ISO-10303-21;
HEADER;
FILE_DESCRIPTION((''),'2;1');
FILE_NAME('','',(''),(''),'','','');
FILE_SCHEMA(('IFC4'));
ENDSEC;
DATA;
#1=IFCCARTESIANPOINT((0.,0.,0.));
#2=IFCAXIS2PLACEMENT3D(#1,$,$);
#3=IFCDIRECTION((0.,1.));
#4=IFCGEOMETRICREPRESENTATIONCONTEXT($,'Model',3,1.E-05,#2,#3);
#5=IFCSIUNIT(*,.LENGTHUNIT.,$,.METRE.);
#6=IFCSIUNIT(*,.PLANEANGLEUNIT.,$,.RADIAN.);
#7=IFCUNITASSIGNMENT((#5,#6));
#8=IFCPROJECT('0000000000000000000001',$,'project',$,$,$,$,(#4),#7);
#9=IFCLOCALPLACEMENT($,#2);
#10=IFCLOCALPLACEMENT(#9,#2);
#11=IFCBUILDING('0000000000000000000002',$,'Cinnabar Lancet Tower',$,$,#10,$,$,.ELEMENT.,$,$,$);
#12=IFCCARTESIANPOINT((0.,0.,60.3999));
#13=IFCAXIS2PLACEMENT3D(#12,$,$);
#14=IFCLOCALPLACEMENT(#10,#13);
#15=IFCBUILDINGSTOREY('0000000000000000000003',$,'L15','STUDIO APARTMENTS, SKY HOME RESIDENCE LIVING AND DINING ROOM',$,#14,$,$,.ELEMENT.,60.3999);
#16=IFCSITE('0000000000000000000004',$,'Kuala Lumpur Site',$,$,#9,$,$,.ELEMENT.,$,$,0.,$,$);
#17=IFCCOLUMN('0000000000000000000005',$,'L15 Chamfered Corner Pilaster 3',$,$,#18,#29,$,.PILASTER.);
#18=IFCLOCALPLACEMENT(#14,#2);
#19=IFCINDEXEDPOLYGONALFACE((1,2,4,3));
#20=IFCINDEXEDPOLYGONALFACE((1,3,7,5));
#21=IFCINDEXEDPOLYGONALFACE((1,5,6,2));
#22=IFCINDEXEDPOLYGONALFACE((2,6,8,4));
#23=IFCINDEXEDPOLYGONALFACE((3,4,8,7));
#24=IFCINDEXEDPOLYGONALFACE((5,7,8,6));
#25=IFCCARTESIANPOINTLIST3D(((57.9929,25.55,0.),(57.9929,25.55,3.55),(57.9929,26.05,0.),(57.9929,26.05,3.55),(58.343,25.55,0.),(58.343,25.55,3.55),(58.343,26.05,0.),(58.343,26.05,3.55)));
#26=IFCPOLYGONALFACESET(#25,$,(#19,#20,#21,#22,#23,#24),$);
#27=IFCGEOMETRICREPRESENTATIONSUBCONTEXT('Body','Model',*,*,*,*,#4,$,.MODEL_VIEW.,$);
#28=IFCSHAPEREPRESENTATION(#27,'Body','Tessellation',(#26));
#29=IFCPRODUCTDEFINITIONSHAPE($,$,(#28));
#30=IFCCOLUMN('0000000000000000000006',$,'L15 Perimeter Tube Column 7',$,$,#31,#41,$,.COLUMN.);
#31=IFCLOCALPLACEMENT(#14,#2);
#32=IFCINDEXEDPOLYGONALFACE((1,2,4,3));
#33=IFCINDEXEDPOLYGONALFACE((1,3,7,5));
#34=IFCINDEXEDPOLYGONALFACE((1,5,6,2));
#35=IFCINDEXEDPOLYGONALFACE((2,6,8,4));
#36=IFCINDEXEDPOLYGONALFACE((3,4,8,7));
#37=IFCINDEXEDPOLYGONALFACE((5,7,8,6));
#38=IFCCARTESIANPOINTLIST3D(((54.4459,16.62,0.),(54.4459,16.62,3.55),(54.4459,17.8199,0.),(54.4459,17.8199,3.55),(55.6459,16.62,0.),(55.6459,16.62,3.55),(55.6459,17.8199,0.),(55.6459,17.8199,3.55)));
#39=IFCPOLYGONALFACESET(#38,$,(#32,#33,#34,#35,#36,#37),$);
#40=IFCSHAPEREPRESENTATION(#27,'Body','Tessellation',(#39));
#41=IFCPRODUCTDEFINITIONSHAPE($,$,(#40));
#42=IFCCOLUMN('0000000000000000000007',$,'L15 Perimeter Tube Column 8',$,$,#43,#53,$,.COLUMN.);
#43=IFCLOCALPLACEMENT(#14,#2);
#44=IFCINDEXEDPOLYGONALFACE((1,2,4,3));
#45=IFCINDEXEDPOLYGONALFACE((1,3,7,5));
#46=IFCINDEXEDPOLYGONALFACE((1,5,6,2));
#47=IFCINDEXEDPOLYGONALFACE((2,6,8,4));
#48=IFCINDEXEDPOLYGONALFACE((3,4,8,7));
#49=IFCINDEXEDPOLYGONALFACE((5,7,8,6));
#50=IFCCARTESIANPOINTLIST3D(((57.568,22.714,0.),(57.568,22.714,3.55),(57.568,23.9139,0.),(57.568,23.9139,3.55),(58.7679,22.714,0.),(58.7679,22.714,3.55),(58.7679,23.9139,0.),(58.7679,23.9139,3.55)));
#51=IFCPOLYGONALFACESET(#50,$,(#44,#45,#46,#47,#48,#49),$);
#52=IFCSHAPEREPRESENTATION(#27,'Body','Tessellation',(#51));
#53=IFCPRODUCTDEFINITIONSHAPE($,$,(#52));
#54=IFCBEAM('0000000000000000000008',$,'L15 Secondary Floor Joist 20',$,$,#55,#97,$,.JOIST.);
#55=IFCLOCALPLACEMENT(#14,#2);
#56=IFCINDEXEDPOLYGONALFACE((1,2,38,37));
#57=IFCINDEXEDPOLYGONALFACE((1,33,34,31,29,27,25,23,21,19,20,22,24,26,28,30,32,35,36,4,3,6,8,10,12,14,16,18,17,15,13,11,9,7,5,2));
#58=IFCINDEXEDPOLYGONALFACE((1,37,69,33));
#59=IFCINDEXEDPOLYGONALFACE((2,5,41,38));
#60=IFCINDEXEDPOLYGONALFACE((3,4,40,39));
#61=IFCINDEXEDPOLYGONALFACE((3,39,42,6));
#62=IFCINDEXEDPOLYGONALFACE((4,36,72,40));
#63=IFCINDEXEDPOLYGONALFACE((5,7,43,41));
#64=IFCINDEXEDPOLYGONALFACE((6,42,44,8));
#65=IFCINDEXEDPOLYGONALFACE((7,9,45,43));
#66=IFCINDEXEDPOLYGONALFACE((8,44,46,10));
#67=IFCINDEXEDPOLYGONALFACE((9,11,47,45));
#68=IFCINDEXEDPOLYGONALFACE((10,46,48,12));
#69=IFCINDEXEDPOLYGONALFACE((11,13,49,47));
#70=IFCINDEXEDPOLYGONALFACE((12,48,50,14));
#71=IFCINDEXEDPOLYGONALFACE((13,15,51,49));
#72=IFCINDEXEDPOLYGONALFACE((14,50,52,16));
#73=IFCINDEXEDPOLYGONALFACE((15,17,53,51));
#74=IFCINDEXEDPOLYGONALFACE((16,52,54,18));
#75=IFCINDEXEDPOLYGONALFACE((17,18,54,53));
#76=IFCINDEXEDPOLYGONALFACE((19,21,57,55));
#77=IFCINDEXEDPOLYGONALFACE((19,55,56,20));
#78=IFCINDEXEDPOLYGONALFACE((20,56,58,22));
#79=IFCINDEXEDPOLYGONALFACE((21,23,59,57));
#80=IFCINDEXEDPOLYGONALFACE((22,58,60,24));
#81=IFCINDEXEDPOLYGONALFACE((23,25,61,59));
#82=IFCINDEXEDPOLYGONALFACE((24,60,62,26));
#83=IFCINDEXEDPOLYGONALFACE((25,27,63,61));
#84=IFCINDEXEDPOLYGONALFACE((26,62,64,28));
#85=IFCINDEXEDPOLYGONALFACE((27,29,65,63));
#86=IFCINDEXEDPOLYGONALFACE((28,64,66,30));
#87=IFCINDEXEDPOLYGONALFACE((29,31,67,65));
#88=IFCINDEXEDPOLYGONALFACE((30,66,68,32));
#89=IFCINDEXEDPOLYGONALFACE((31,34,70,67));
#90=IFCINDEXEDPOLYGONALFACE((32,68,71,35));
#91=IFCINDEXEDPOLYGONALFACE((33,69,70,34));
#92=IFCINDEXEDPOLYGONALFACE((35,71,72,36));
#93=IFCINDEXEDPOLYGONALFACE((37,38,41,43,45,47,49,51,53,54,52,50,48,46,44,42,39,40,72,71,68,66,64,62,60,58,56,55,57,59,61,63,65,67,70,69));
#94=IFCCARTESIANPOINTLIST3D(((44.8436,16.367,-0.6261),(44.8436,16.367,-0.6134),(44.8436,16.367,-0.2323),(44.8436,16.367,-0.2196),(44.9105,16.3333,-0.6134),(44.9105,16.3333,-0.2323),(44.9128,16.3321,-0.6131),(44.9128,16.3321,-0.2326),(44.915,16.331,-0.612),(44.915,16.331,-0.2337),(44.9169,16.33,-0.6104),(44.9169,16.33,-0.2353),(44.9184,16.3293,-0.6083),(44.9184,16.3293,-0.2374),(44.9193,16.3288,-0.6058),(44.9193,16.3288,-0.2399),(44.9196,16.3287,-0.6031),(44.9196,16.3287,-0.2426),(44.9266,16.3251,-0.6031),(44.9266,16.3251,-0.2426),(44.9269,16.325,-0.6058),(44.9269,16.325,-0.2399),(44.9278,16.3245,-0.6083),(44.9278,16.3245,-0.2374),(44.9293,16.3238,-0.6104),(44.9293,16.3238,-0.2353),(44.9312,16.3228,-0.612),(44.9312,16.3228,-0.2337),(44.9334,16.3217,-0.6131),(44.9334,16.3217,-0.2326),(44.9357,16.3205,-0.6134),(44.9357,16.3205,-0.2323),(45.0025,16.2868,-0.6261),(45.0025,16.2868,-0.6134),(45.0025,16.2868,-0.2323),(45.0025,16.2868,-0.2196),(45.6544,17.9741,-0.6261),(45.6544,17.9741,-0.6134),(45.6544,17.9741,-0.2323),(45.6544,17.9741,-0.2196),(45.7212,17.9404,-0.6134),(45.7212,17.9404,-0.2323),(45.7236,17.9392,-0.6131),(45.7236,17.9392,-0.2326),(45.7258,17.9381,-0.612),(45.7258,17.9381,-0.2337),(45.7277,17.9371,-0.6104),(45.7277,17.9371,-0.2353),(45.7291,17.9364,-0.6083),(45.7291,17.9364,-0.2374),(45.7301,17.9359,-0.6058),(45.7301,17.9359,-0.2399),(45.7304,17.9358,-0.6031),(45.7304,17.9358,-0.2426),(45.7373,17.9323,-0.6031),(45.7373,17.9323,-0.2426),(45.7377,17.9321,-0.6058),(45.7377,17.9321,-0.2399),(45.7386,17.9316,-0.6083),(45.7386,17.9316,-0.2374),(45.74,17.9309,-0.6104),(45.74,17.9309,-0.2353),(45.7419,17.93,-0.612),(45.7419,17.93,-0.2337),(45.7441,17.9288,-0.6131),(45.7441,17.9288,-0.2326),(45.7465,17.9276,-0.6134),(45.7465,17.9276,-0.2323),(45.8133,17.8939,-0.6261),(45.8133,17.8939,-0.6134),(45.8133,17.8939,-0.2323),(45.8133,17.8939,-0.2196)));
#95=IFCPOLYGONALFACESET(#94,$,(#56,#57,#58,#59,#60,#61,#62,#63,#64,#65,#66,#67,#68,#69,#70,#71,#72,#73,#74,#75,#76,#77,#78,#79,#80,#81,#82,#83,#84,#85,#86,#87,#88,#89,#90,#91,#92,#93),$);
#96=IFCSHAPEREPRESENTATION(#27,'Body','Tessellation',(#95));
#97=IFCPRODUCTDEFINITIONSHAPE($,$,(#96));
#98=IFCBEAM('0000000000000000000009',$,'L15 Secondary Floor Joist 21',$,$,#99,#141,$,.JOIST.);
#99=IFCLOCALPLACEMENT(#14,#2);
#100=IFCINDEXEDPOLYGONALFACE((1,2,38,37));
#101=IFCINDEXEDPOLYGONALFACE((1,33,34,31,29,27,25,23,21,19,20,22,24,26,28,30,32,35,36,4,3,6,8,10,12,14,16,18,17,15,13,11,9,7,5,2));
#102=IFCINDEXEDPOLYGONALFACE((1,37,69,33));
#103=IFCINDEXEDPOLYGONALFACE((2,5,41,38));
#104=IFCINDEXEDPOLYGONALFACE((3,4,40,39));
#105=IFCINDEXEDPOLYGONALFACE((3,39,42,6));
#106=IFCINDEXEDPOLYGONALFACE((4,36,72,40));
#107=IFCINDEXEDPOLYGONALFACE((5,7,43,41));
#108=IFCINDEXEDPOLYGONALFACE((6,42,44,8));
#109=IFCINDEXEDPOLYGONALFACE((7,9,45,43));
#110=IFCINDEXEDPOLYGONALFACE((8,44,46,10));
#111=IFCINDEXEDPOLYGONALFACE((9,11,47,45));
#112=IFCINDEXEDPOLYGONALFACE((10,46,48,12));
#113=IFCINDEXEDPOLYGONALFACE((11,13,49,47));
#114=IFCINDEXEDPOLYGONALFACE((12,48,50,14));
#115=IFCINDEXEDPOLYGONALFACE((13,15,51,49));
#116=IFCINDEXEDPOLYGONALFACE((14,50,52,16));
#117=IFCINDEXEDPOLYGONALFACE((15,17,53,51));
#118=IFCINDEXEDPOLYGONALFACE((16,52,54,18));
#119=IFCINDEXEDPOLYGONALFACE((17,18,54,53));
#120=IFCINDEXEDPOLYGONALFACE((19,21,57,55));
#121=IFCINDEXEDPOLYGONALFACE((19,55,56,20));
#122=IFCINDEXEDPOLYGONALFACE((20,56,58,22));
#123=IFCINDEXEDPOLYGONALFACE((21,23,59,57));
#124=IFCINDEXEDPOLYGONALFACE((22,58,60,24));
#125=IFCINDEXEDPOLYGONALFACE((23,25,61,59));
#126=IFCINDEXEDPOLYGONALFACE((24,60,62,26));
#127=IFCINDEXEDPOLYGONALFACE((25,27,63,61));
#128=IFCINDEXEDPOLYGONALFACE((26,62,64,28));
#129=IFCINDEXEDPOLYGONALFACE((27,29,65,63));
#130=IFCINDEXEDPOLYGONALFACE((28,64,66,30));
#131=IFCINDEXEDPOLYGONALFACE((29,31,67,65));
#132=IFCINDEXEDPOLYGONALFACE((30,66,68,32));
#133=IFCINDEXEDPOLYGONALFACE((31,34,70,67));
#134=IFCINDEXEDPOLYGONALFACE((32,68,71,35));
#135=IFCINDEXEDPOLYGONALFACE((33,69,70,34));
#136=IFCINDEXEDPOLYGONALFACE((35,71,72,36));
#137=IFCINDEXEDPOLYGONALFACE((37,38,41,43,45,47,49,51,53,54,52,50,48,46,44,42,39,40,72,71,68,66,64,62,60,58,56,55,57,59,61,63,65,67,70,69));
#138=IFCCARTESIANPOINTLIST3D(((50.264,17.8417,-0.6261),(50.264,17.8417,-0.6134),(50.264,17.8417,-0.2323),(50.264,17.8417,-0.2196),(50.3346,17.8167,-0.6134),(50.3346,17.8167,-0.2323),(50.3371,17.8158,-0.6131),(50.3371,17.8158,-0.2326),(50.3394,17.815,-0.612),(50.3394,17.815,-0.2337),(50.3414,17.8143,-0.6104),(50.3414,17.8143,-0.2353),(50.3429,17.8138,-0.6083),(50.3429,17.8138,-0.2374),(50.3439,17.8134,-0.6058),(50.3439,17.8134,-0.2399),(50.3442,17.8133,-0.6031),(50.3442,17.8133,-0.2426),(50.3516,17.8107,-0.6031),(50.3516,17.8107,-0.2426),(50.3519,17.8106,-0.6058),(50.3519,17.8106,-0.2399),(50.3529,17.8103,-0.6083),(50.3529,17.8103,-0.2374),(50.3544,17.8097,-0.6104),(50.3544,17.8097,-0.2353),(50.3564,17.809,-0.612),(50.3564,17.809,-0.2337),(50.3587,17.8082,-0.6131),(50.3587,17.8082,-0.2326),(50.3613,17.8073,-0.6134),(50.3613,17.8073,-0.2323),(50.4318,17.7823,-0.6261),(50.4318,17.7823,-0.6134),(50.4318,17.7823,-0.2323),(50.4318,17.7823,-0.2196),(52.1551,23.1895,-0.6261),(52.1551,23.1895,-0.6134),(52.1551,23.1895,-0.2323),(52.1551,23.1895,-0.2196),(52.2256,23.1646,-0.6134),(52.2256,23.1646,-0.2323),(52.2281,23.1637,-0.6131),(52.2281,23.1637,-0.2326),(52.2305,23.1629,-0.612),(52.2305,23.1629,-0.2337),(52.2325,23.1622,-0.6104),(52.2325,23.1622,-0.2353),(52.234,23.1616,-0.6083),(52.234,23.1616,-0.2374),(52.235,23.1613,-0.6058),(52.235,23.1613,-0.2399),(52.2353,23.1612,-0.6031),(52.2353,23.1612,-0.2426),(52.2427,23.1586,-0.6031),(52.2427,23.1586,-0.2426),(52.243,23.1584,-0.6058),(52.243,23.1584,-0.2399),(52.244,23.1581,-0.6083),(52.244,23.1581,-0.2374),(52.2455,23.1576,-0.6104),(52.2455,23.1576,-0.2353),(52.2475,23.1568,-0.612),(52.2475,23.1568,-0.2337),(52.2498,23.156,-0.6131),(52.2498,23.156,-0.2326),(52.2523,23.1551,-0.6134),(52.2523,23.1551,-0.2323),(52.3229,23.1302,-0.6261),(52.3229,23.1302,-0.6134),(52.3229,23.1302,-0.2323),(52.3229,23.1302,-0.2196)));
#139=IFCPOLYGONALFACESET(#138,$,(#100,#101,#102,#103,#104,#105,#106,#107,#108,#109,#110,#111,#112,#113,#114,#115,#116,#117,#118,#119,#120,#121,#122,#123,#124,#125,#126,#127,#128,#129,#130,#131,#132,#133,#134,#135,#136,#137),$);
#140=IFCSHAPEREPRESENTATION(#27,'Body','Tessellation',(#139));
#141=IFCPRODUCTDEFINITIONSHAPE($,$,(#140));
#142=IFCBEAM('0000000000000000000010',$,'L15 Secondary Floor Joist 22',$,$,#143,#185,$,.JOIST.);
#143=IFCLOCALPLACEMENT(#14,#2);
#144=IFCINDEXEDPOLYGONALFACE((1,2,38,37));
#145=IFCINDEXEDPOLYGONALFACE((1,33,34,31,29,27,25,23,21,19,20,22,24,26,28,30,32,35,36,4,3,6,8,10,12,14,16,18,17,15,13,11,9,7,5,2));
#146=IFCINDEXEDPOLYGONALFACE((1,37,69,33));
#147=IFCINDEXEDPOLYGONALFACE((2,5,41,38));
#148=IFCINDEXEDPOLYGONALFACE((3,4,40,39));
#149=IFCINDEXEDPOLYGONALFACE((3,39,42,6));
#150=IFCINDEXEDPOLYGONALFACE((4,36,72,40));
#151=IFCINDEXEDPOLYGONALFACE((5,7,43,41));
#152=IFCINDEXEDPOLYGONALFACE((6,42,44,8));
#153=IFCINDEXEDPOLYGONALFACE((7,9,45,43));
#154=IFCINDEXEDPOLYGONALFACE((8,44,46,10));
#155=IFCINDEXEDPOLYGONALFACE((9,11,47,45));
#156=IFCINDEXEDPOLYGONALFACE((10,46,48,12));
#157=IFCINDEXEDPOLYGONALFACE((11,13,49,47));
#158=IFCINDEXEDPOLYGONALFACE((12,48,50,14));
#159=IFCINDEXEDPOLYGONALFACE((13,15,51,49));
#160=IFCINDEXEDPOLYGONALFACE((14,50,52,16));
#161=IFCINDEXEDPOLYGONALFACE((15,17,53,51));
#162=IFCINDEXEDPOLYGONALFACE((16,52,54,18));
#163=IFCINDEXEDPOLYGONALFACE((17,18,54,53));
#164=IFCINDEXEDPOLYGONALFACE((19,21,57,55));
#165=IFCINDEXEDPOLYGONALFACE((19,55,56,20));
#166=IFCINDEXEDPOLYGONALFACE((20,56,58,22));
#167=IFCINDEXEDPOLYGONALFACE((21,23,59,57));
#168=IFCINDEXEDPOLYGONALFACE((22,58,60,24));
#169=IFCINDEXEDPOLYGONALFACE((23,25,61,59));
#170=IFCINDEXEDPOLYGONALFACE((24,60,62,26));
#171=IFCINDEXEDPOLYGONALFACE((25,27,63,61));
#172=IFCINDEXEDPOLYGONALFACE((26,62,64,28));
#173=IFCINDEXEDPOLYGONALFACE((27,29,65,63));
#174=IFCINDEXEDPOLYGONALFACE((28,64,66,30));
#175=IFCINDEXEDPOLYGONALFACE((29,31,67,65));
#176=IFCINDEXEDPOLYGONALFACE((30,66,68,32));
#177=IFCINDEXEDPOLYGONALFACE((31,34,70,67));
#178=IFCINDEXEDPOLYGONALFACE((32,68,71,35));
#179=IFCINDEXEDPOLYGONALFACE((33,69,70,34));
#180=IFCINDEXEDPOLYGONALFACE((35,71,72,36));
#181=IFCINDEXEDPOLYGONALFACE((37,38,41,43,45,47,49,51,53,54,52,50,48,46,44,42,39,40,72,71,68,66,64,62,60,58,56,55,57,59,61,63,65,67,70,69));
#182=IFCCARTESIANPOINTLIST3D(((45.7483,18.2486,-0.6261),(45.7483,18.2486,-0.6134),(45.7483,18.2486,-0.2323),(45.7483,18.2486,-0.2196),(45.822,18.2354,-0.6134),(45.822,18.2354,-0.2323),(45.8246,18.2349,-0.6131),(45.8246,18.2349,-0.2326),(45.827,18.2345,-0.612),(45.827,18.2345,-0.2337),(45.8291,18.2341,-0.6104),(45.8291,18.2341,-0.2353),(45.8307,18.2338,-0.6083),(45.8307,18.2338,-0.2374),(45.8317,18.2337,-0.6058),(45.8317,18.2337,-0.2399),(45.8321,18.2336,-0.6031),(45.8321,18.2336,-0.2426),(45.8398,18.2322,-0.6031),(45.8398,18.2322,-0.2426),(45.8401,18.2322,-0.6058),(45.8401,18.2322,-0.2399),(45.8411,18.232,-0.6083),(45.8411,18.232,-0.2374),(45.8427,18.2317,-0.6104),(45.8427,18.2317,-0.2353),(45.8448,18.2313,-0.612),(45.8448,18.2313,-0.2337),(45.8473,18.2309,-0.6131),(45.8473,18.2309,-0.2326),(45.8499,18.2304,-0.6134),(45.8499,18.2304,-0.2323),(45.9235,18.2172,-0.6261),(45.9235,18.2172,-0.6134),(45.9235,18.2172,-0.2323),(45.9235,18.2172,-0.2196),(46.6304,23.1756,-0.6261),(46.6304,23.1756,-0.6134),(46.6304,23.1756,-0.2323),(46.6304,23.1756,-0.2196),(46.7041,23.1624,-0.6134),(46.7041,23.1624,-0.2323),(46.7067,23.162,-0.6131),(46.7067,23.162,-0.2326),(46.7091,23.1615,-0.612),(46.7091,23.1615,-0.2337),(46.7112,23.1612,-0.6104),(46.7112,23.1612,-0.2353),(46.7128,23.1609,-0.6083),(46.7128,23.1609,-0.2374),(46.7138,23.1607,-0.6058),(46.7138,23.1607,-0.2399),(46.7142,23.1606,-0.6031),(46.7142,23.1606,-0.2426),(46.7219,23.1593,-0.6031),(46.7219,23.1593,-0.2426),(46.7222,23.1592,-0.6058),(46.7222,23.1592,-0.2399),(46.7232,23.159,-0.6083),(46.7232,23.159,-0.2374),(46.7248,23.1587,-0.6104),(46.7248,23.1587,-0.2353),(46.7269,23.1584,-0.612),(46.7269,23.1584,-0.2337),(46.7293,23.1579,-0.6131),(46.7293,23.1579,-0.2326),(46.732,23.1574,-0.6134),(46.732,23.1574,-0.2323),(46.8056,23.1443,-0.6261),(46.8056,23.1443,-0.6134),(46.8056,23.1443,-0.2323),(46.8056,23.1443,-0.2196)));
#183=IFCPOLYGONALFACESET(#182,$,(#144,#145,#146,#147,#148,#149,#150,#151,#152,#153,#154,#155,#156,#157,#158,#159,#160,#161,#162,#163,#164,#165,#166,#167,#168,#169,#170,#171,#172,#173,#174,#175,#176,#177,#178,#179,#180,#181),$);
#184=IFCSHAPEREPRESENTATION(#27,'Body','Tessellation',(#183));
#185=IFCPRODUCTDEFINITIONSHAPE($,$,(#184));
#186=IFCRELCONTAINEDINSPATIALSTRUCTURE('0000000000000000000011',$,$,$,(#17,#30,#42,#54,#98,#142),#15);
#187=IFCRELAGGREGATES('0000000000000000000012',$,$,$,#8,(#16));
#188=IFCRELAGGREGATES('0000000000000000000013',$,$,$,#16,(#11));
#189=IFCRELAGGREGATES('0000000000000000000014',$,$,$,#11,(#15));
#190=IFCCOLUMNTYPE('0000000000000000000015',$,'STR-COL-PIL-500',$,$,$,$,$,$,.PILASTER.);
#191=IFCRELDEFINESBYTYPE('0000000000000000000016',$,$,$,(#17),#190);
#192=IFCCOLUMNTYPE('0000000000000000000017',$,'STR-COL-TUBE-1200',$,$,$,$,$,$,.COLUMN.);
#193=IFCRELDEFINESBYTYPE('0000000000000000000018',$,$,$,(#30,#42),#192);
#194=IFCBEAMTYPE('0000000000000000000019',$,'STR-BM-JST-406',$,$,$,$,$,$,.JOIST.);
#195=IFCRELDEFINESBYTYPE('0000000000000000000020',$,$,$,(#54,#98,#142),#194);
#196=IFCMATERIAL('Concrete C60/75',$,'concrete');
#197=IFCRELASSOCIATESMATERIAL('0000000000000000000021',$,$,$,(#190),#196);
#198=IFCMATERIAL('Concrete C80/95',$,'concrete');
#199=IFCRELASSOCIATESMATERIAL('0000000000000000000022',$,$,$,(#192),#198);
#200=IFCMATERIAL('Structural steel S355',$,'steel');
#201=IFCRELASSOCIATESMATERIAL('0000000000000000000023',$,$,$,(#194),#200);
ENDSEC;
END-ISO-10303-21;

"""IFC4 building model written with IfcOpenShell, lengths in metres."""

from ifc_helpers import new_model, si_unit, direction, frame, origin, origin_2d, place, context, subcontext, project, spatial, rectangle, i_section, extrude, material, material_profile, profile_set, type_object, element, save


model = new_model("IFC4")

# Units and contexts
model_context = context("Model", 3, precision=1e-05, world=origin(), true_north=direction((0.0, 1.0)))
body_context = subcontext(model_context, "Body", "Model", "MODEL_VIEW")
ifc_project = project(units=[si_unit("LENGTHUNIT", "METRE"), si_unit("PLANEANGLEUNIT", "RADIAN")], contexts=[model_context])

# Site, building, storey
site_placement = place(None, origin())
site = spatial("IfcSite", under=ifc_project, at=site_placement, Name="Kuala Lumpur Site", CompositionType="ELEMENT", RefElevation=0.0)
building_placement = place(site_placement, origin())
building = spatial("IfcBuilding", under=site, at=building_placement, Name="Cinnabar Lancet Tower", CompositionType="ELEMENT")
storey_placement = place(building_placement, frame((0.0, 0.0, 60.3999)))
storey = spatial("IfcBuildingStorey", under=building, at=storey_placement, Name="L15", Description="STUDIO APARTMENTS, SKY HOME RESIDENCE LIVING AND DINING ROOM", CompositionType="ELEMENT", Elevation=60.3999)

# Columns
ifc_material_1 = material(Name="Concrete C60/75", Category="concrete")
ifc_material_profile_1 = material_profile(ifc_material_1, rectangle(XDim=0.5, YDim=0.3501, at=origin_2d()), Name="RC-PIL 500x350")
ifc_profile_set_1 = profile_set([ifc_material_profile_1], Name="Concrete C60/75")
column_type_1 = type_object("IfcColumnType", Name="STR-COL-PIL-500", PredefinedType="PILASTER", material=ifc_profile_set_1)
column_placement = place(storey_placement, frame((58.168, 25.8, 0.0), z_axis=(0.0, 0.0, 1.0), x_axis=(0.0, 1.0, 0.0)))
element("IfcColumn", 1, at=column_placement, inside=storey, type_object=column_type_1, Name="L15 Chamfered Corner Pilaster 3", PredefinedType="PILASTER", context=body_context, shape_type="SweptSolid", body=[
    extrude(rectangle(XDim=0.5, YDim=0.3501, at=origin_2d()), origin(), (0.0, 0.0, 1.0), 3.55),
])
ifc_material_2 = material(Name="Concrete C80/95", Category="concrete")
ifc_material_profile_2 = material_profile(ifc_material_2, rectangle(XDim=1.2, YDim=1.2, at=origin_2d()), Name="RC-COL 1200x1200")
ifc_profile_set_2 = profile_set([ifc_material_profile_2], Name="Concrete C80/95")
column_type_2 = type_object("IfcColumnType", Name="STR-COL-TUBE-1200", PredefinedType="COLUMN", material=ifc_profile_set_2)
for number, where, z_axis, x_axis, name in (
    (2, (55.0459, 17.22, 0.0), (0.0, 0.0, 1.0), (1.0, 0.0, 0.0), "L15 Perimeter Tube Column 7"),
    (3, (58.168, 23.314, 0.0), (0.0, 0.0, 1.0), (1.0, 0.0, 0.0), "L15 Perimeter Tube Column 8"),
):
    element("IfcColumn", number, at=place(storey_placement, frame(where, z_axis=z_axis, x_axis=x_axis)), inside=storey, type_object=column_type_2, Name=name, PredefinedType="COLUMN", context=body_context, shape_type="SweptSolid", body=[
        extrude(rectangle(XDim=1.2, YDim=1.2, at=origin_2d()), origin(), (0.0, 0.0, 1.0), 3.55),
    ])

# Beams
ifc_material_3 = material(Name="Structural steel S355", Category="steel")
ifc_material_profile_3 = material_profile(ifc_material_3, i_section(OverallWidth=0.178, OverallDepth=0.4065, WebThickness=0.0078, FlangeThickness=0.0127, FilletRadius=0.0103, at=origin_2d()), Name="UKB 406x178x60")
ifc_profile_set_3 = profile_set([ifc_material_profile_3], Name="Structural steel S355")
beam_type_1 = type_object("IfcBeamType", Name="STR-BM-JST-406", PredefinedType="JOIST", material=ifc_profile_set_3)
beam_1_placement = place(storey_placement, frame((44.9231, 16.3269, -0.4229), z_axis=(0.450411, 0.892821, 0.0), x_axis=(-0.892821, 0.450411, 0.0)))
element("IfcBeam", 4, at=beam_1_placement, inside=storey, type_object=beam_type_1, Name="L15 Secondary Floor Joist 20", PredefinedType="JOIST", context=body_context, shape_type="SweptSolid", body=[
    extrude(i_section(OverallWidth=0.178, OverallDepth=0.4065, WebThickness=0.0078, FlangeThickness=0.0127, FilletRadius=0.0103, at=origin_2d()), origin(), (0.0, 0.0, 1.0), 1.8),
])
beam_2_placement = place(storey_placement, frame((50.3479, 17.812, -0.4229), z_axis=(0.333387, 0.94279, 0.0), x_axis=(-0.94279, 0.333387, 0.0)))
element("IfcBeam", 5, at=beam_2_placement, inside=storey, type_object=beam_type_1, Name="L15 Secondary Floor Joist 21", PredefinedType="JOIST", context=body_context, shape_type="SweptSolid", body=[
    extrude(i_section(OverallWidth=0.178, OverallDepth=0.4065, WebThickness=0.0078, FlangeThickness=0.0127, FilletRadius=0.0103, at=origin_2d()), origin(), (0.0, 0.0, 1.0), 5.6724),
])
beam_3_placement = place(storey_placement, frame((45.8359, 18.2329, -0.4229), z_axis=(0.176228, 0.984349, 0.0), x_axis=(-0.984349, 0.176228, 0.0)))
element("IfcBeam", 6, at=beam_3_placement, inside=storey, type_object=beam_type_1, Name="L15 Secondary Floor Joist 22", PredefinedType="JOIST", context=body_context, shape_type="SweptSolid", body=[
    extrude(i_section(OverallWidth=0.178, OverallDepth=0.4065, WebThickness=0.0078, FlangeThickness=0.0127, FilletRadius=0.0103, at=origin_2d()), origin(), (0.0, 0.0, 1.0), 5.0054),
])

save(model, "model.ifc")
